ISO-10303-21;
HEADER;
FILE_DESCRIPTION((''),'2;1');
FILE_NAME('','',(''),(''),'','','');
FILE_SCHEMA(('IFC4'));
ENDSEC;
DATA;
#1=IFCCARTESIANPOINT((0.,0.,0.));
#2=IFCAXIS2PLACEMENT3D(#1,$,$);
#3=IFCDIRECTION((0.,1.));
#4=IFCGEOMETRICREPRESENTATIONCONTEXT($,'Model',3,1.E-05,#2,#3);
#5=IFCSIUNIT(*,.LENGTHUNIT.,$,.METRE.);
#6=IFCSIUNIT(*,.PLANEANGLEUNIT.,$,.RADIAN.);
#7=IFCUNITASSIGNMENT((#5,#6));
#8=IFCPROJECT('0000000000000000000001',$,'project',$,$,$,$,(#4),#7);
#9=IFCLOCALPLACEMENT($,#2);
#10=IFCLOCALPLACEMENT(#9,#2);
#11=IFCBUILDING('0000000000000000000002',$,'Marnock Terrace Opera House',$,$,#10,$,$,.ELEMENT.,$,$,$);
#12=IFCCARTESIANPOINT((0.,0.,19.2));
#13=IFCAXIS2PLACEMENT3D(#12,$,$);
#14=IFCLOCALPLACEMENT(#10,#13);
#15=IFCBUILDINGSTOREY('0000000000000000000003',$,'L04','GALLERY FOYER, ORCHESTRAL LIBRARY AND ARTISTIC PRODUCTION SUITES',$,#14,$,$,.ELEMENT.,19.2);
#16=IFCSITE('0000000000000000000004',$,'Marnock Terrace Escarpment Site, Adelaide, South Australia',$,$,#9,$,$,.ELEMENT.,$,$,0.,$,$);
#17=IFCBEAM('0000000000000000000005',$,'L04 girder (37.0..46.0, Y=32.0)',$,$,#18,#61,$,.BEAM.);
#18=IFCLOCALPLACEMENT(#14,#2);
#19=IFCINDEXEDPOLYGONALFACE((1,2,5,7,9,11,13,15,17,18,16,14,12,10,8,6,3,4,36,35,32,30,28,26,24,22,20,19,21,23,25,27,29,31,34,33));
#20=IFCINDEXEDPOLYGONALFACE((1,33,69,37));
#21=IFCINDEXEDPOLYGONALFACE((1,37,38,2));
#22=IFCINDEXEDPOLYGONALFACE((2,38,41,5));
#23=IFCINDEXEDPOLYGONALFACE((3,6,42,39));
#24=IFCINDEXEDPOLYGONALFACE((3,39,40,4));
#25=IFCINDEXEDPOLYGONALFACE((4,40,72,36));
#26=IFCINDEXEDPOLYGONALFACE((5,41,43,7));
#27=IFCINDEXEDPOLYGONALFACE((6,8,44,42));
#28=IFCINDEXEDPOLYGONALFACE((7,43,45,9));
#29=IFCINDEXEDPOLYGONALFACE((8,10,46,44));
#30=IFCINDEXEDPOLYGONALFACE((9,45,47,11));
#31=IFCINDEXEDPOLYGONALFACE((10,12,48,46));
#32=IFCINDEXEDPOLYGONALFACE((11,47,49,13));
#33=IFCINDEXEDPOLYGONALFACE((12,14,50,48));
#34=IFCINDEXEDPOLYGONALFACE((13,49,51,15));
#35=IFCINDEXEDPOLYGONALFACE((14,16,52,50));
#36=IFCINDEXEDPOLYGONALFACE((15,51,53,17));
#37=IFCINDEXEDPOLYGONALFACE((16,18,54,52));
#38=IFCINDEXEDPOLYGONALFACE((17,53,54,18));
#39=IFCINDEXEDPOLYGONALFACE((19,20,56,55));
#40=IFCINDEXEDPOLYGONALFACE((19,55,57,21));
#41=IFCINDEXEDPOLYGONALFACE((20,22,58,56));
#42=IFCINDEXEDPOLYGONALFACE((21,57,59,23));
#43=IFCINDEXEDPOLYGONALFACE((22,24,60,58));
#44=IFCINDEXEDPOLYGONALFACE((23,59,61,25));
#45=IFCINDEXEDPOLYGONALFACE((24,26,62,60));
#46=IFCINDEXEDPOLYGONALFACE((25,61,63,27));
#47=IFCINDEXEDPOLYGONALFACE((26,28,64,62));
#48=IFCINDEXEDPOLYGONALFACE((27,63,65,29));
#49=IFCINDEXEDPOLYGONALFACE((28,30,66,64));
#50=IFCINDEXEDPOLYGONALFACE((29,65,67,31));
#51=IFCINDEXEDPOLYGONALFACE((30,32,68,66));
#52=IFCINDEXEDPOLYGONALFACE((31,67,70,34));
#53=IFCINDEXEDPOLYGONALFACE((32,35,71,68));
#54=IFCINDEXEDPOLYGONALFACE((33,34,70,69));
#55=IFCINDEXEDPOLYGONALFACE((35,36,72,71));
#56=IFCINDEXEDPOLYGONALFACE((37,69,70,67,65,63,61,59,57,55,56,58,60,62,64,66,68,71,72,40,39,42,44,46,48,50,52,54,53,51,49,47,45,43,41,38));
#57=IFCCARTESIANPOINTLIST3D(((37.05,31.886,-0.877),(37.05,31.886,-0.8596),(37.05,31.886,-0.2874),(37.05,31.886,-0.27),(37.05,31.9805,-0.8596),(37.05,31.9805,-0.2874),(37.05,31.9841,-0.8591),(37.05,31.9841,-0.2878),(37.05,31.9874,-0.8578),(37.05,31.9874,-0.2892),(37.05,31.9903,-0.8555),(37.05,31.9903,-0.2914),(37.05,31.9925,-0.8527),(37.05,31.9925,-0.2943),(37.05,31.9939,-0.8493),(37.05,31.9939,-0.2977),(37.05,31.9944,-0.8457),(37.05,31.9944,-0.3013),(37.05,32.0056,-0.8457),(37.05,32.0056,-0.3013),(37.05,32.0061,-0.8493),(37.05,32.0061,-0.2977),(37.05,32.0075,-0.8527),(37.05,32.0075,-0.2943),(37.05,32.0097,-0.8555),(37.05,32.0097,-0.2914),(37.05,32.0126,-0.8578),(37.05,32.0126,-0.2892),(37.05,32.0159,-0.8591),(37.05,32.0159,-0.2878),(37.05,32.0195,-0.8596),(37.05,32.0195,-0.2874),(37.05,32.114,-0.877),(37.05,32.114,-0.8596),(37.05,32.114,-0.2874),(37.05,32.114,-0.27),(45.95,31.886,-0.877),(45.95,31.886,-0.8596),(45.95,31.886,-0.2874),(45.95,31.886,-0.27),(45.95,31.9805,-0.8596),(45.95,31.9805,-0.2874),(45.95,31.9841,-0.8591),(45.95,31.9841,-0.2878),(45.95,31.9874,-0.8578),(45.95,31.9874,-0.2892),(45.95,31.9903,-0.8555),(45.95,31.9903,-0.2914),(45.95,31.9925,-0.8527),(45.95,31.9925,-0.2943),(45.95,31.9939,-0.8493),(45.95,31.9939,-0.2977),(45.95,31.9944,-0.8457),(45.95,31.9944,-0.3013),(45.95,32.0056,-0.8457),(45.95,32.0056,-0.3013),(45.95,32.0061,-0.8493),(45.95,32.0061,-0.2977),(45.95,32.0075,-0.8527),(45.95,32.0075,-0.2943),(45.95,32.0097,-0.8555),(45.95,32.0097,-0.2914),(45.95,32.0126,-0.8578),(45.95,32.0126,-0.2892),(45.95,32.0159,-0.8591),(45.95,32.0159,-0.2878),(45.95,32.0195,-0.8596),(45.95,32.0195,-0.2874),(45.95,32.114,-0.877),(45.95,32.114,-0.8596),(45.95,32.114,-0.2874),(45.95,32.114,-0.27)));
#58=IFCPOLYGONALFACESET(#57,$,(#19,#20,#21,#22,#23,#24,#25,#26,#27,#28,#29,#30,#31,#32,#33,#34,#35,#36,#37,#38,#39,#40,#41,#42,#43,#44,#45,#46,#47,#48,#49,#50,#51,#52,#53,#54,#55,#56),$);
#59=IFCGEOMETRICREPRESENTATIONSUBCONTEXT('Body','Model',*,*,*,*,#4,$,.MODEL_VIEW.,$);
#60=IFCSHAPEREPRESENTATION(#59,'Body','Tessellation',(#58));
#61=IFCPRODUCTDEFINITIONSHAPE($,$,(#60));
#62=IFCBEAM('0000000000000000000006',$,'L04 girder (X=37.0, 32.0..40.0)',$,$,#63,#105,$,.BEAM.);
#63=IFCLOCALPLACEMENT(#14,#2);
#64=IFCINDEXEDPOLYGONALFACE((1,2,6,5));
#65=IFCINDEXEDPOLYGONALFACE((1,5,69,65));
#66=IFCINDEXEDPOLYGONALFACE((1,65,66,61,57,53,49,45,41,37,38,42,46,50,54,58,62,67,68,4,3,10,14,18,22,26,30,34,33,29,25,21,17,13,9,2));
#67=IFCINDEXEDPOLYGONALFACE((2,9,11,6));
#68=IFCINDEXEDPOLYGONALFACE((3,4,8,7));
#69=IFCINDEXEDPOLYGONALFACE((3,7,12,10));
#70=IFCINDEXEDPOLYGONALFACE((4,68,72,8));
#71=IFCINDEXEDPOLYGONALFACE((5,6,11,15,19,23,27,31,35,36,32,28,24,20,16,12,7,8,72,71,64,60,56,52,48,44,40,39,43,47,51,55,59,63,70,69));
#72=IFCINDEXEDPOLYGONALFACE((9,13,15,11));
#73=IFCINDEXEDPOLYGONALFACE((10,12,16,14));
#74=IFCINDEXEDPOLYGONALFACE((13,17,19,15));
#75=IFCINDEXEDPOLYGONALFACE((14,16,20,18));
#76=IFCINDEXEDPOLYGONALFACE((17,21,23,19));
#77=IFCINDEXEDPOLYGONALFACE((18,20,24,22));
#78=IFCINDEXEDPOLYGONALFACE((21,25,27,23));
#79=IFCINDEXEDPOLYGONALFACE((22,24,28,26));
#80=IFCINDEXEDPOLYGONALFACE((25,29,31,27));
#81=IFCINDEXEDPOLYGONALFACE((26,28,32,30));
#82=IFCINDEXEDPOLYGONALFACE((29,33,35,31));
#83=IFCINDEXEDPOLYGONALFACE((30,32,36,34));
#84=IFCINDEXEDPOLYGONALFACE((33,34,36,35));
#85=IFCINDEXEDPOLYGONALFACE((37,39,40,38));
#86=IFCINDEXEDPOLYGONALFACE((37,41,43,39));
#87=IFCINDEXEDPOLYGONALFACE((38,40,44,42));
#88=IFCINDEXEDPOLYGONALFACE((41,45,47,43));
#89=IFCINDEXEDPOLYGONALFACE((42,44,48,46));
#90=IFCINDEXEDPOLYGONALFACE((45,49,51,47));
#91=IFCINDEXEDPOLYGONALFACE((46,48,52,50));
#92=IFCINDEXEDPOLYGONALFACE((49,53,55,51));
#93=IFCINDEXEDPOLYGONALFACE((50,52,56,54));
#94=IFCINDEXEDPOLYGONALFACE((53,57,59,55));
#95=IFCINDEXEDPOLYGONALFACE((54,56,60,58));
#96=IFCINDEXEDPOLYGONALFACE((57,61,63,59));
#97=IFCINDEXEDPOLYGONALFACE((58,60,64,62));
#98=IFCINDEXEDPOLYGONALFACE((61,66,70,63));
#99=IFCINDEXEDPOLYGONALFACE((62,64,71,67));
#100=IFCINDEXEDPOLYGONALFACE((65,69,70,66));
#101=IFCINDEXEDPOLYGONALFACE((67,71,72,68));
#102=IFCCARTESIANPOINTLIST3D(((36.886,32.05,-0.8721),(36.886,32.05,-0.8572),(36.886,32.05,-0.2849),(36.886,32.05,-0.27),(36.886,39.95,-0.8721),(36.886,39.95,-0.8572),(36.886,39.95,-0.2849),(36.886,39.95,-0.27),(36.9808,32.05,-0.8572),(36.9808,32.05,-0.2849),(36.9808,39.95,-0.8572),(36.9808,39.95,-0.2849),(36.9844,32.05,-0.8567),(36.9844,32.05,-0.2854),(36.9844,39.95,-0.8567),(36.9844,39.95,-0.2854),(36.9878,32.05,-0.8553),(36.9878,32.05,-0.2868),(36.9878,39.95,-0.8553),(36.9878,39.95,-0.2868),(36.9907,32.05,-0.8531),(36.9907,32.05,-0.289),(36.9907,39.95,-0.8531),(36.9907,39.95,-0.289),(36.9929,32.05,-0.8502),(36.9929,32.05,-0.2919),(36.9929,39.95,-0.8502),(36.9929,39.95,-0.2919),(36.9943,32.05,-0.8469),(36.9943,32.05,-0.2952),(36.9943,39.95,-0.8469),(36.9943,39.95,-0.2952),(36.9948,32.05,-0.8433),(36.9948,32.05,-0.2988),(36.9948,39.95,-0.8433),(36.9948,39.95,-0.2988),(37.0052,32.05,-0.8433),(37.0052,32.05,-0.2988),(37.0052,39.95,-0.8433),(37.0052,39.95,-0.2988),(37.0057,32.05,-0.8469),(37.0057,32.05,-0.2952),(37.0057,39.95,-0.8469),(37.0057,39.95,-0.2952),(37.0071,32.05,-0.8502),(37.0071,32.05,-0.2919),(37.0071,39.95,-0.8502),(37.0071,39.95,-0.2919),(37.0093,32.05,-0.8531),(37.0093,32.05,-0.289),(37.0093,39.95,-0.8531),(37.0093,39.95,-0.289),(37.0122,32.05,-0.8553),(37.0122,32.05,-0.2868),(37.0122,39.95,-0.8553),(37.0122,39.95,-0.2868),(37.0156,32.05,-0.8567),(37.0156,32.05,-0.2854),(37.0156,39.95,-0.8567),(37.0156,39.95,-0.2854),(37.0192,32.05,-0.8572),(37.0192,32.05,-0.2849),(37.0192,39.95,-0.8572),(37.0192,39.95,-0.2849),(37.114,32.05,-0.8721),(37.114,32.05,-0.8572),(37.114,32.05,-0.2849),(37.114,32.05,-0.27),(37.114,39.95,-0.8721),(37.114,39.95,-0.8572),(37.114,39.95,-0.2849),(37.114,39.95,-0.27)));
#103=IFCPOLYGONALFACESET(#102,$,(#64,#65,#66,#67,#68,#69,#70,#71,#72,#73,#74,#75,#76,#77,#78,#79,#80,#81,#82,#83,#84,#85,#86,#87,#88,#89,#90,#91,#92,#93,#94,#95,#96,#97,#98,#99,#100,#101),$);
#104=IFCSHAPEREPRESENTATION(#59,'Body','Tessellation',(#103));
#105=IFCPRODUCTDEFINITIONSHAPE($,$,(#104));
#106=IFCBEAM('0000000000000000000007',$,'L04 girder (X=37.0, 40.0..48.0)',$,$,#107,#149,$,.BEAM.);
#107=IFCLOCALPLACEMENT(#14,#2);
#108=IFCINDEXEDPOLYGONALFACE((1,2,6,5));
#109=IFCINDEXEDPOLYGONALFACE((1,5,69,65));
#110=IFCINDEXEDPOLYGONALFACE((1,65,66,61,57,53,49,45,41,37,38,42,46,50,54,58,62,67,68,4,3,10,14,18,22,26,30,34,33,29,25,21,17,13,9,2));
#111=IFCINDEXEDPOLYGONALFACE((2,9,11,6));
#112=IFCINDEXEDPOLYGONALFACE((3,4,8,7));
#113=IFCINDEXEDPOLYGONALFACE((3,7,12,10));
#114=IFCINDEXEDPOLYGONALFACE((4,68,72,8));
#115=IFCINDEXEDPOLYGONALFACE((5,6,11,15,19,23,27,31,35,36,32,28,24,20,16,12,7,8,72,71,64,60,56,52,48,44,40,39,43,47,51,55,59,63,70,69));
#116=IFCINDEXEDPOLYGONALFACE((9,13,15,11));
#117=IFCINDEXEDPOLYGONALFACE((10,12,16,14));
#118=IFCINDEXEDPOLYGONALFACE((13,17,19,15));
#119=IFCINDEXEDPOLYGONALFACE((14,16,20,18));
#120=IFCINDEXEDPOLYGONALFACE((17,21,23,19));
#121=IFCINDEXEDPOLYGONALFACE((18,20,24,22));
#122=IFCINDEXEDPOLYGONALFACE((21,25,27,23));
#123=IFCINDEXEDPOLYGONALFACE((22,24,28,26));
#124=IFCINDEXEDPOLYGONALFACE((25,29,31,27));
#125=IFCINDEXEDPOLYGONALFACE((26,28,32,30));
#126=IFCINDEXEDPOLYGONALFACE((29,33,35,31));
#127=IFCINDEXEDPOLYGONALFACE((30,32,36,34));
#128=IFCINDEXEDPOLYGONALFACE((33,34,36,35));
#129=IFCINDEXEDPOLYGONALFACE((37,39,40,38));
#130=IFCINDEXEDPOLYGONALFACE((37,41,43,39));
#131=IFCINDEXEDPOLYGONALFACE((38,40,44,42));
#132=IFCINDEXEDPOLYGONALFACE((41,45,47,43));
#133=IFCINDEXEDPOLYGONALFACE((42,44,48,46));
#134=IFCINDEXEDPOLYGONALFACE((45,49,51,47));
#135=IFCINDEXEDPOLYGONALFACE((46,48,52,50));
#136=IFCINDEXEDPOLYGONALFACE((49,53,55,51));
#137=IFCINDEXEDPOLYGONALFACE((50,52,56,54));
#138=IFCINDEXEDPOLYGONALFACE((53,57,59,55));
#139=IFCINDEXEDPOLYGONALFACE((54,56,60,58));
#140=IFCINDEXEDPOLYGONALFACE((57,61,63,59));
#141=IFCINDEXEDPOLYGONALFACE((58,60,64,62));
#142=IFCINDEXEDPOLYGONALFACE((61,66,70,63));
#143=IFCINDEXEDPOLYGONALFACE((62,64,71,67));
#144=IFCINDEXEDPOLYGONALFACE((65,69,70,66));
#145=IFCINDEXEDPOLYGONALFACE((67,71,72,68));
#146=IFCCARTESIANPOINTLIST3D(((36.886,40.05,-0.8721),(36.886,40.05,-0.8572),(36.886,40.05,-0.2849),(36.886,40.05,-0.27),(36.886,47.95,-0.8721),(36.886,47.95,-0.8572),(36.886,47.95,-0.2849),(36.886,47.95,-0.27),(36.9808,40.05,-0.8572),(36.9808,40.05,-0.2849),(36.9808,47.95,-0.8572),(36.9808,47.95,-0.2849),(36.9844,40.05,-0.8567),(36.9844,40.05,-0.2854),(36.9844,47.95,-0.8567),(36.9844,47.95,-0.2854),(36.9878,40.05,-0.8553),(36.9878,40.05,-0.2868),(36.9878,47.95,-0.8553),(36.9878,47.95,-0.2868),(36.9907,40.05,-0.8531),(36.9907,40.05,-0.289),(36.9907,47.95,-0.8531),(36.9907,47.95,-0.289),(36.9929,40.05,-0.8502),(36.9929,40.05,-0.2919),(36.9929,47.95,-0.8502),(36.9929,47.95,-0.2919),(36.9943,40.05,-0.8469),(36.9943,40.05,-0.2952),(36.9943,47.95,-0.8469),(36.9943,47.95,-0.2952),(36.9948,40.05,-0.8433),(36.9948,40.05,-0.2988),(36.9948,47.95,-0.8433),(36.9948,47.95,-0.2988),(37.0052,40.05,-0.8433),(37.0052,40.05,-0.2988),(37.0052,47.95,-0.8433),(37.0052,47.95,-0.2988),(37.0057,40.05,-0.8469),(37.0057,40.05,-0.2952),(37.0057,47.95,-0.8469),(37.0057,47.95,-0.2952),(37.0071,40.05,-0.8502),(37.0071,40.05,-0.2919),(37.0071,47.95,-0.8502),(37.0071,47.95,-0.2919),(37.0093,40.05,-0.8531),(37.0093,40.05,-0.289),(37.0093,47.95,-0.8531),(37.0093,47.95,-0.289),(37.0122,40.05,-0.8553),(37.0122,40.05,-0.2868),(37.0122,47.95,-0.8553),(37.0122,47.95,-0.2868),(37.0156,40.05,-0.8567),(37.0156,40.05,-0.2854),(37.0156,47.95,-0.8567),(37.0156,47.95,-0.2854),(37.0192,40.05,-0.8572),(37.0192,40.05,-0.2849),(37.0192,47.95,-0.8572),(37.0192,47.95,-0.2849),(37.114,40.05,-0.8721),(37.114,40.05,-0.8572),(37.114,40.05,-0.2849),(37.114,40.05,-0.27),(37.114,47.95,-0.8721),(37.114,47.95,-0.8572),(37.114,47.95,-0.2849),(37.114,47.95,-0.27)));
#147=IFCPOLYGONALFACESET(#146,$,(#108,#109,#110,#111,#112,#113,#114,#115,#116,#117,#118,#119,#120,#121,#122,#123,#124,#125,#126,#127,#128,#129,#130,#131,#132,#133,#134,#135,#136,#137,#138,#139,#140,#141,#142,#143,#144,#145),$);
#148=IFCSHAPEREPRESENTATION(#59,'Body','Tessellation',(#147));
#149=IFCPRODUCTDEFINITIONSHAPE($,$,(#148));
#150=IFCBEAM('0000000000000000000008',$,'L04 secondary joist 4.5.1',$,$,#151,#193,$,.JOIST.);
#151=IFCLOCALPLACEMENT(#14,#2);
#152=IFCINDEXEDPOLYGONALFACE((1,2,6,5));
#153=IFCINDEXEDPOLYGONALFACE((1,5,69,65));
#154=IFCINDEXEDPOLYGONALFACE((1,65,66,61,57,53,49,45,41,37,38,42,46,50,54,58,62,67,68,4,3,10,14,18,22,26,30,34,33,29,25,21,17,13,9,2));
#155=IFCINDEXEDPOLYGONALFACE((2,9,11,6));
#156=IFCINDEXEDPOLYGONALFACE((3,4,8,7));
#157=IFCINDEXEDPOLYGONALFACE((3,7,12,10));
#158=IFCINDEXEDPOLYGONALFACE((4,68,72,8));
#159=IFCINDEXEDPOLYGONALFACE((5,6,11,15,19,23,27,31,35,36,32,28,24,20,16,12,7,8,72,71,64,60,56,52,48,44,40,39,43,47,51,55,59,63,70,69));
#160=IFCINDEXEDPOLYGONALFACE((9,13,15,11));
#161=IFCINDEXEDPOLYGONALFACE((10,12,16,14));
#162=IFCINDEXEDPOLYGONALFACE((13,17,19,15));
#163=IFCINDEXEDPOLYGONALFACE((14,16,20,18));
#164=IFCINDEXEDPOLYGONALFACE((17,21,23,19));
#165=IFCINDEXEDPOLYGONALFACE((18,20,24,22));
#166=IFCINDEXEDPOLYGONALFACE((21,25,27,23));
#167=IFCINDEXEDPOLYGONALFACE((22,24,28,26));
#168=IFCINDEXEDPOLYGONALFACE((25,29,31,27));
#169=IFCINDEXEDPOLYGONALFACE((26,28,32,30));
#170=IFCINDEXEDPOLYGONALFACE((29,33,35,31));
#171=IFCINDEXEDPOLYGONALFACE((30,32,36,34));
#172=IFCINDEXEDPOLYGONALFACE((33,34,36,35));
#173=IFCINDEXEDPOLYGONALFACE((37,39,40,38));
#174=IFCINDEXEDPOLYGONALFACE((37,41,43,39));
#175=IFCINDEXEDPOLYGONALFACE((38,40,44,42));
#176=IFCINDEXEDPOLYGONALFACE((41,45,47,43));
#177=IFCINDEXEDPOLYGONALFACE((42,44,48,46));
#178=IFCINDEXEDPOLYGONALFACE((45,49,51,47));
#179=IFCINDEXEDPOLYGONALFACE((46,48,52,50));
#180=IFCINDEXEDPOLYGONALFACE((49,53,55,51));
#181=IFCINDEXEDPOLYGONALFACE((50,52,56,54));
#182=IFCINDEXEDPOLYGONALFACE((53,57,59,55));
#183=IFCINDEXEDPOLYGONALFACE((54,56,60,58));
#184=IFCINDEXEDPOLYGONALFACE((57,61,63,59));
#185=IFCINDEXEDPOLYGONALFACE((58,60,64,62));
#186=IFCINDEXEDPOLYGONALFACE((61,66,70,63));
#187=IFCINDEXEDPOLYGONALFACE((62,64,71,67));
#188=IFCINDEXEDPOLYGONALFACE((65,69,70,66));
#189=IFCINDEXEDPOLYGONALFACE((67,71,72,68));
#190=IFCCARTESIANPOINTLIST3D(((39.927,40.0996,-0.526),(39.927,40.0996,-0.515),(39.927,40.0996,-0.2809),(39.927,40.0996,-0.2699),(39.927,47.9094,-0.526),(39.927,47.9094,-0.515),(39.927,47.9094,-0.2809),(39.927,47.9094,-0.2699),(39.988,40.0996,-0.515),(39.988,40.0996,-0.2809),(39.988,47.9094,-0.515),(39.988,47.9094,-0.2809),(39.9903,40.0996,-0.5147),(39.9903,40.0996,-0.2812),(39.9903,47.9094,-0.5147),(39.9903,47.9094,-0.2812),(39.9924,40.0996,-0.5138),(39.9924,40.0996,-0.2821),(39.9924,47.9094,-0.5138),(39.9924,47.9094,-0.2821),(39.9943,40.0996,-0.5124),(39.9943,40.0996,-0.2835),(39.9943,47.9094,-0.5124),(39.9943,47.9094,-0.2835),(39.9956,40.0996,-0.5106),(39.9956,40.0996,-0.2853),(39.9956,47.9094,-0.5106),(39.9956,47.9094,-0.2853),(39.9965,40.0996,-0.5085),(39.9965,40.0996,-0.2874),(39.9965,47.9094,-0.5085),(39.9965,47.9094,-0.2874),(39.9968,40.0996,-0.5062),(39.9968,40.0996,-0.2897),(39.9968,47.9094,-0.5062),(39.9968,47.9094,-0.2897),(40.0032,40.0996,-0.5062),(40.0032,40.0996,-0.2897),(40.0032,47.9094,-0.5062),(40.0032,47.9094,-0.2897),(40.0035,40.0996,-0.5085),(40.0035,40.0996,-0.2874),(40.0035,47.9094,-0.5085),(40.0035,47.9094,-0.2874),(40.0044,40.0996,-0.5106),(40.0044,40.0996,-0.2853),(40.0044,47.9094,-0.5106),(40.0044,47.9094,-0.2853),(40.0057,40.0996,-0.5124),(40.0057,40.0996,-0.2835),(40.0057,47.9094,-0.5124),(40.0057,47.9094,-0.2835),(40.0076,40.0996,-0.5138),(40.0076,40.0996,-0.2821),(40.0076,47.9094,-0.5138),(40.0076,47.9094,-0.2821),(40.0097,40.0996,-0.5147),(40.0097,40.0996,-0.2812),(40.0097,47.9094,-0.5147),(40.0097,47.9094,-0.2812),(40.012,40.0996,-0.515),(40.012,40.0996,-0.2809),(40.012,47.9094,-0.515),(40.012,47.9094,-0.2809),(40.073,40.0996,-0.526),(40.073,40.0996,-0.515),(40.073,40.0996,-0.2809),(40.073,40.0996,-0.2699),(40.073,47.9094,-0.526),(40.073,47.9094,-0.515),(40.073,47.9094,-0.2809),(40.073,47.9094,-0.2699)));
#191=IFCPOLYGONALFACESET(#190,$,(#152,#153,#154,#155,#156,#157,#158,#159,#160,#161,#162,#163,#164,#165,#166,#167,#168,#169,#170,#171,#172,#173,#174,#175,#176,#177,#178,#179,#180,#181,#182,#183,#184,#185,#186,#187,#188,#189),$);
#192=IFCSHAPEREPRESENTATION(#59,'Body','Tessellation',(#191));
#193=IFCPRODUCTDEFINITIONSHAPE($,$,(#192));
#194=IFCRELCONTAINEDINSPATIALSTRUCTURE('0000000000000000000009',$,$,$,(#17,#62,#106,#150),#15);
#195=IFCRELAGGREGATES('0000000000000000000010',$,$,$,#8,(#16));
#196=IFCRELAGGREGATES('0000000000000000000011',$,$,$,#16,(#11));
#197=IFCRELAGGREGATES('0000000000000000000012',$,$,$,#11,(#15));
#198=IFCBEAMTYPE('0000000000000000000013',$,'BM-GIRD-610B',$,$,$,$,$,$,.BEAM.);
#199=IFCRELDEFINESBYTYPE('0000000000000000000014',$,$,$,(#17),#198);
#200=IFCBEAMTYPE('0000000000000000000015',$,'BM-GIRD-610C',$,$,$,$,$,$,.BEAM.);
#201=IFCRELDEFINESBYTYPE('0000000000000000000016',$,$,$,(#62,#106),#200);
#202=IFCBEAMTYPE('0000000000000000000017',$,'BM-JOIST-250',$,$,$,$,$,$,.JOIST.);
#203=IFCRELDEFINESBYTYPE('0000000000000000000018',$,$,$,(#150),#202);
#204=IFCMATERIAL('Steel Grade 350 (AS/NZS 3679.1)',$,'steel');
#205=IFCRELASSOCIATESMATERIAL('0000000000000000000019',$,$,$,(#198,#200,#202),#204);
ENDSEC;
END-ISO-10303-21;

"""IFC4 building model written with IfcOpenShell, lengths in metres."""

from ifc_helpers import new_model, si_unit, direction, frame, origin, origin_2d, place, context, subcontext, project, spatial, i_section, extrude, material, material_profile, profile_set, type_object, element, save


model = new_model("IFC4")

# Units and contexts
model_context = context("Model", 3, precision=1e-05, world=origin(), true_north=direction((0.0, 1.0)))
body_context = subcontext(model_context, "Body", "Model", "MODEL_VIEW")
ifc_project = project(units=[si_unit("LENGTHUNIT", "METRE"), si_unit("PLANEANGLEUNIT", "RADIAN")], contexts=[model_context])

# Site, building, storey
site_placement = place(None, origin())
site = spatial("IfcSite", under=ifc_project, at=site_placement, Name="Marnock Terrace Escarpment Site, Adelaide, South Australia", CompositionType="ELEMENT", RefElevation=0.0)
building_placement = place(site_placement, origin())
building = spatial("IfcBuilding", under=site, at=building_placement, Name="Marnock Terrace Opera House", CompositionType="ELEMENT")
storey_placement = place(building_placement, frame((0.0, 0.0, 19.2)))
storey = spatial("IfcBuildingStorey", under=building, at=storey_placement, Name="L04", Description="GALLERY FOYER, ORCHESTRAL LIBRARY AND ARTISTIC PRODUCTION SUITES", CompositionType="ELEMENT", Elevation=19.2)

# Beams
ifc_material_1 = material(Name="Steel Grade 350 (AS/NZS 3679.1)", Category="steel")
ifc_material_profile_1 = material_profile(ifc_material_1, i_section(OverallWidth=0.228, OverallDepth=0.6069, WebThickness=0.0112, FlangeThickness=0.0173, FilletRadius=0.0139, at=origin_2d()))
ifc_profile_set_1 = profile_set([ifc_material_profile_1], Name="Steel Grade 350 (AS/NZS 3679.1)")
beam_type_1 = type_object("IfcBeamType", Name="BM-GIRD-610B", PredefinedType="BEAM", material=ifc_profile_set_1)
beam_1_placement = place(storey_placement, frame((37.05, 32.0, -0.5735), z_axis=(1.0, 0.0, 0.0), x_axis=(0.0, 1.0, 0.0)))
element("IfcBeam", 1, at=beam_1_placement, inside=storey, type_object=beam_type_1, Name="L04 girder (37.0..46.0, Y=32.0)", PredefinedType="BEAM", context=body_context, shape_type="SweptSolid", body=[
    extrude(i_section(OverallWidth=0.228, OverallDepth=0.6069, WebThickness=0.0112, FlangeThickness=0.0173, FilletRadius=0.0139, at=origin_2d()), origin(), (0.0, 0.0, 1.0), 8.8999),
])
ifc_material_profile_2 = material_profile(ifc_material_1, i_section(OverallWidth=0.228, OverallDepth=0.6021, WebThickness=0.0105, FlangeThickness=0.0149, FilletRadius=0.0139, at=origin_2d()))
ifc_profile_set_2 = profile_set([ifc_material_profile_2], Name="Steel Grade 350 (AS/NZS 3679.1)")
beam_type_2 = type_object("IfcBeamType", Name="BM-GIRD-610C", PredefinedType="BEAM", material=ifc_profile_set_2)
for number, where, z_axis, x_axis, name in (
    (2, (37.0, 32.05, -0.571), (0.0, 1.0, 0.0), (-1.0, 0.0, 0.0), "L04 girder (X=37.0, 32.0..40.0)"),
    (3, (37.0, 40.05, -0.571), (0.0, 1.0, 0.0), (-1.0, 0.0, 0.0), "L04 girder (X=37.0, 40.0..48.0)"),
):
    element("IfcBeam", number, at=place(storey_placement, frame(where, z_axis=z_axis, x_axis=x_axis)), inside=storey, type_object=beam_type_2, Name=name, PredefinedType="BEAM", context=body_context, shape_type="SweptSolid", body=[
        extrude(i_section(OverallWidth=0.228, OverallDepth=0.6021, WebThickness=0.0105, FlangeThickness=0.0149, FilletRadius=0.0139, at=origin_2d()), origin(), (0.0, 0.0, 1.0), 7.8999),
    ])
ifc_material_profile_3 = material_profile(ifc_material_1, i_section(OverallWidth=0.146, OverallDepth=0.2561, WebThickness=0.0063, FlangeThickness=0.011, FilletRadius=0.0088, at=origin_2d()))
ifc_profile_set_3 = profile_set([ifc_material_profile_3], Name="Steel Grade 350 (AS/NZS 3679.1)")
beam_type_3 = type_object("IfcBeamType", Name="BM-JOIST-250", PredefinedType="JOIST", material=ifc_profile_set_3)
for number, where, z_axis, x_axis, name in (
    (4, (40.0, 40.0996, -0.3979), (0.0, 1.0, 0.0), (-1.0, 0.0, 0.0), "L04 secondary joist 4.5.1"),
):
    element("IfcBeam", number, at=place(storey_placement, frame(where, z_axis=z_axis, x_axis=x_axis)), inside=storey, type_object=beam_type_3, Name=name, PredefinedType="JOIST", context=body_context, shape_type="SweptSolid", body=[
        extrude(i_section(OverallWidth=0.146, OverallDepth=0.2561, WebThickness=0.0063, FlangeThickness=0.011, FilletRadius=0.0088, at=origin_2d()), origin(), (0.0, 0.0, 1.0), 7.8098),
    ])

save(model, "model.ifc")
